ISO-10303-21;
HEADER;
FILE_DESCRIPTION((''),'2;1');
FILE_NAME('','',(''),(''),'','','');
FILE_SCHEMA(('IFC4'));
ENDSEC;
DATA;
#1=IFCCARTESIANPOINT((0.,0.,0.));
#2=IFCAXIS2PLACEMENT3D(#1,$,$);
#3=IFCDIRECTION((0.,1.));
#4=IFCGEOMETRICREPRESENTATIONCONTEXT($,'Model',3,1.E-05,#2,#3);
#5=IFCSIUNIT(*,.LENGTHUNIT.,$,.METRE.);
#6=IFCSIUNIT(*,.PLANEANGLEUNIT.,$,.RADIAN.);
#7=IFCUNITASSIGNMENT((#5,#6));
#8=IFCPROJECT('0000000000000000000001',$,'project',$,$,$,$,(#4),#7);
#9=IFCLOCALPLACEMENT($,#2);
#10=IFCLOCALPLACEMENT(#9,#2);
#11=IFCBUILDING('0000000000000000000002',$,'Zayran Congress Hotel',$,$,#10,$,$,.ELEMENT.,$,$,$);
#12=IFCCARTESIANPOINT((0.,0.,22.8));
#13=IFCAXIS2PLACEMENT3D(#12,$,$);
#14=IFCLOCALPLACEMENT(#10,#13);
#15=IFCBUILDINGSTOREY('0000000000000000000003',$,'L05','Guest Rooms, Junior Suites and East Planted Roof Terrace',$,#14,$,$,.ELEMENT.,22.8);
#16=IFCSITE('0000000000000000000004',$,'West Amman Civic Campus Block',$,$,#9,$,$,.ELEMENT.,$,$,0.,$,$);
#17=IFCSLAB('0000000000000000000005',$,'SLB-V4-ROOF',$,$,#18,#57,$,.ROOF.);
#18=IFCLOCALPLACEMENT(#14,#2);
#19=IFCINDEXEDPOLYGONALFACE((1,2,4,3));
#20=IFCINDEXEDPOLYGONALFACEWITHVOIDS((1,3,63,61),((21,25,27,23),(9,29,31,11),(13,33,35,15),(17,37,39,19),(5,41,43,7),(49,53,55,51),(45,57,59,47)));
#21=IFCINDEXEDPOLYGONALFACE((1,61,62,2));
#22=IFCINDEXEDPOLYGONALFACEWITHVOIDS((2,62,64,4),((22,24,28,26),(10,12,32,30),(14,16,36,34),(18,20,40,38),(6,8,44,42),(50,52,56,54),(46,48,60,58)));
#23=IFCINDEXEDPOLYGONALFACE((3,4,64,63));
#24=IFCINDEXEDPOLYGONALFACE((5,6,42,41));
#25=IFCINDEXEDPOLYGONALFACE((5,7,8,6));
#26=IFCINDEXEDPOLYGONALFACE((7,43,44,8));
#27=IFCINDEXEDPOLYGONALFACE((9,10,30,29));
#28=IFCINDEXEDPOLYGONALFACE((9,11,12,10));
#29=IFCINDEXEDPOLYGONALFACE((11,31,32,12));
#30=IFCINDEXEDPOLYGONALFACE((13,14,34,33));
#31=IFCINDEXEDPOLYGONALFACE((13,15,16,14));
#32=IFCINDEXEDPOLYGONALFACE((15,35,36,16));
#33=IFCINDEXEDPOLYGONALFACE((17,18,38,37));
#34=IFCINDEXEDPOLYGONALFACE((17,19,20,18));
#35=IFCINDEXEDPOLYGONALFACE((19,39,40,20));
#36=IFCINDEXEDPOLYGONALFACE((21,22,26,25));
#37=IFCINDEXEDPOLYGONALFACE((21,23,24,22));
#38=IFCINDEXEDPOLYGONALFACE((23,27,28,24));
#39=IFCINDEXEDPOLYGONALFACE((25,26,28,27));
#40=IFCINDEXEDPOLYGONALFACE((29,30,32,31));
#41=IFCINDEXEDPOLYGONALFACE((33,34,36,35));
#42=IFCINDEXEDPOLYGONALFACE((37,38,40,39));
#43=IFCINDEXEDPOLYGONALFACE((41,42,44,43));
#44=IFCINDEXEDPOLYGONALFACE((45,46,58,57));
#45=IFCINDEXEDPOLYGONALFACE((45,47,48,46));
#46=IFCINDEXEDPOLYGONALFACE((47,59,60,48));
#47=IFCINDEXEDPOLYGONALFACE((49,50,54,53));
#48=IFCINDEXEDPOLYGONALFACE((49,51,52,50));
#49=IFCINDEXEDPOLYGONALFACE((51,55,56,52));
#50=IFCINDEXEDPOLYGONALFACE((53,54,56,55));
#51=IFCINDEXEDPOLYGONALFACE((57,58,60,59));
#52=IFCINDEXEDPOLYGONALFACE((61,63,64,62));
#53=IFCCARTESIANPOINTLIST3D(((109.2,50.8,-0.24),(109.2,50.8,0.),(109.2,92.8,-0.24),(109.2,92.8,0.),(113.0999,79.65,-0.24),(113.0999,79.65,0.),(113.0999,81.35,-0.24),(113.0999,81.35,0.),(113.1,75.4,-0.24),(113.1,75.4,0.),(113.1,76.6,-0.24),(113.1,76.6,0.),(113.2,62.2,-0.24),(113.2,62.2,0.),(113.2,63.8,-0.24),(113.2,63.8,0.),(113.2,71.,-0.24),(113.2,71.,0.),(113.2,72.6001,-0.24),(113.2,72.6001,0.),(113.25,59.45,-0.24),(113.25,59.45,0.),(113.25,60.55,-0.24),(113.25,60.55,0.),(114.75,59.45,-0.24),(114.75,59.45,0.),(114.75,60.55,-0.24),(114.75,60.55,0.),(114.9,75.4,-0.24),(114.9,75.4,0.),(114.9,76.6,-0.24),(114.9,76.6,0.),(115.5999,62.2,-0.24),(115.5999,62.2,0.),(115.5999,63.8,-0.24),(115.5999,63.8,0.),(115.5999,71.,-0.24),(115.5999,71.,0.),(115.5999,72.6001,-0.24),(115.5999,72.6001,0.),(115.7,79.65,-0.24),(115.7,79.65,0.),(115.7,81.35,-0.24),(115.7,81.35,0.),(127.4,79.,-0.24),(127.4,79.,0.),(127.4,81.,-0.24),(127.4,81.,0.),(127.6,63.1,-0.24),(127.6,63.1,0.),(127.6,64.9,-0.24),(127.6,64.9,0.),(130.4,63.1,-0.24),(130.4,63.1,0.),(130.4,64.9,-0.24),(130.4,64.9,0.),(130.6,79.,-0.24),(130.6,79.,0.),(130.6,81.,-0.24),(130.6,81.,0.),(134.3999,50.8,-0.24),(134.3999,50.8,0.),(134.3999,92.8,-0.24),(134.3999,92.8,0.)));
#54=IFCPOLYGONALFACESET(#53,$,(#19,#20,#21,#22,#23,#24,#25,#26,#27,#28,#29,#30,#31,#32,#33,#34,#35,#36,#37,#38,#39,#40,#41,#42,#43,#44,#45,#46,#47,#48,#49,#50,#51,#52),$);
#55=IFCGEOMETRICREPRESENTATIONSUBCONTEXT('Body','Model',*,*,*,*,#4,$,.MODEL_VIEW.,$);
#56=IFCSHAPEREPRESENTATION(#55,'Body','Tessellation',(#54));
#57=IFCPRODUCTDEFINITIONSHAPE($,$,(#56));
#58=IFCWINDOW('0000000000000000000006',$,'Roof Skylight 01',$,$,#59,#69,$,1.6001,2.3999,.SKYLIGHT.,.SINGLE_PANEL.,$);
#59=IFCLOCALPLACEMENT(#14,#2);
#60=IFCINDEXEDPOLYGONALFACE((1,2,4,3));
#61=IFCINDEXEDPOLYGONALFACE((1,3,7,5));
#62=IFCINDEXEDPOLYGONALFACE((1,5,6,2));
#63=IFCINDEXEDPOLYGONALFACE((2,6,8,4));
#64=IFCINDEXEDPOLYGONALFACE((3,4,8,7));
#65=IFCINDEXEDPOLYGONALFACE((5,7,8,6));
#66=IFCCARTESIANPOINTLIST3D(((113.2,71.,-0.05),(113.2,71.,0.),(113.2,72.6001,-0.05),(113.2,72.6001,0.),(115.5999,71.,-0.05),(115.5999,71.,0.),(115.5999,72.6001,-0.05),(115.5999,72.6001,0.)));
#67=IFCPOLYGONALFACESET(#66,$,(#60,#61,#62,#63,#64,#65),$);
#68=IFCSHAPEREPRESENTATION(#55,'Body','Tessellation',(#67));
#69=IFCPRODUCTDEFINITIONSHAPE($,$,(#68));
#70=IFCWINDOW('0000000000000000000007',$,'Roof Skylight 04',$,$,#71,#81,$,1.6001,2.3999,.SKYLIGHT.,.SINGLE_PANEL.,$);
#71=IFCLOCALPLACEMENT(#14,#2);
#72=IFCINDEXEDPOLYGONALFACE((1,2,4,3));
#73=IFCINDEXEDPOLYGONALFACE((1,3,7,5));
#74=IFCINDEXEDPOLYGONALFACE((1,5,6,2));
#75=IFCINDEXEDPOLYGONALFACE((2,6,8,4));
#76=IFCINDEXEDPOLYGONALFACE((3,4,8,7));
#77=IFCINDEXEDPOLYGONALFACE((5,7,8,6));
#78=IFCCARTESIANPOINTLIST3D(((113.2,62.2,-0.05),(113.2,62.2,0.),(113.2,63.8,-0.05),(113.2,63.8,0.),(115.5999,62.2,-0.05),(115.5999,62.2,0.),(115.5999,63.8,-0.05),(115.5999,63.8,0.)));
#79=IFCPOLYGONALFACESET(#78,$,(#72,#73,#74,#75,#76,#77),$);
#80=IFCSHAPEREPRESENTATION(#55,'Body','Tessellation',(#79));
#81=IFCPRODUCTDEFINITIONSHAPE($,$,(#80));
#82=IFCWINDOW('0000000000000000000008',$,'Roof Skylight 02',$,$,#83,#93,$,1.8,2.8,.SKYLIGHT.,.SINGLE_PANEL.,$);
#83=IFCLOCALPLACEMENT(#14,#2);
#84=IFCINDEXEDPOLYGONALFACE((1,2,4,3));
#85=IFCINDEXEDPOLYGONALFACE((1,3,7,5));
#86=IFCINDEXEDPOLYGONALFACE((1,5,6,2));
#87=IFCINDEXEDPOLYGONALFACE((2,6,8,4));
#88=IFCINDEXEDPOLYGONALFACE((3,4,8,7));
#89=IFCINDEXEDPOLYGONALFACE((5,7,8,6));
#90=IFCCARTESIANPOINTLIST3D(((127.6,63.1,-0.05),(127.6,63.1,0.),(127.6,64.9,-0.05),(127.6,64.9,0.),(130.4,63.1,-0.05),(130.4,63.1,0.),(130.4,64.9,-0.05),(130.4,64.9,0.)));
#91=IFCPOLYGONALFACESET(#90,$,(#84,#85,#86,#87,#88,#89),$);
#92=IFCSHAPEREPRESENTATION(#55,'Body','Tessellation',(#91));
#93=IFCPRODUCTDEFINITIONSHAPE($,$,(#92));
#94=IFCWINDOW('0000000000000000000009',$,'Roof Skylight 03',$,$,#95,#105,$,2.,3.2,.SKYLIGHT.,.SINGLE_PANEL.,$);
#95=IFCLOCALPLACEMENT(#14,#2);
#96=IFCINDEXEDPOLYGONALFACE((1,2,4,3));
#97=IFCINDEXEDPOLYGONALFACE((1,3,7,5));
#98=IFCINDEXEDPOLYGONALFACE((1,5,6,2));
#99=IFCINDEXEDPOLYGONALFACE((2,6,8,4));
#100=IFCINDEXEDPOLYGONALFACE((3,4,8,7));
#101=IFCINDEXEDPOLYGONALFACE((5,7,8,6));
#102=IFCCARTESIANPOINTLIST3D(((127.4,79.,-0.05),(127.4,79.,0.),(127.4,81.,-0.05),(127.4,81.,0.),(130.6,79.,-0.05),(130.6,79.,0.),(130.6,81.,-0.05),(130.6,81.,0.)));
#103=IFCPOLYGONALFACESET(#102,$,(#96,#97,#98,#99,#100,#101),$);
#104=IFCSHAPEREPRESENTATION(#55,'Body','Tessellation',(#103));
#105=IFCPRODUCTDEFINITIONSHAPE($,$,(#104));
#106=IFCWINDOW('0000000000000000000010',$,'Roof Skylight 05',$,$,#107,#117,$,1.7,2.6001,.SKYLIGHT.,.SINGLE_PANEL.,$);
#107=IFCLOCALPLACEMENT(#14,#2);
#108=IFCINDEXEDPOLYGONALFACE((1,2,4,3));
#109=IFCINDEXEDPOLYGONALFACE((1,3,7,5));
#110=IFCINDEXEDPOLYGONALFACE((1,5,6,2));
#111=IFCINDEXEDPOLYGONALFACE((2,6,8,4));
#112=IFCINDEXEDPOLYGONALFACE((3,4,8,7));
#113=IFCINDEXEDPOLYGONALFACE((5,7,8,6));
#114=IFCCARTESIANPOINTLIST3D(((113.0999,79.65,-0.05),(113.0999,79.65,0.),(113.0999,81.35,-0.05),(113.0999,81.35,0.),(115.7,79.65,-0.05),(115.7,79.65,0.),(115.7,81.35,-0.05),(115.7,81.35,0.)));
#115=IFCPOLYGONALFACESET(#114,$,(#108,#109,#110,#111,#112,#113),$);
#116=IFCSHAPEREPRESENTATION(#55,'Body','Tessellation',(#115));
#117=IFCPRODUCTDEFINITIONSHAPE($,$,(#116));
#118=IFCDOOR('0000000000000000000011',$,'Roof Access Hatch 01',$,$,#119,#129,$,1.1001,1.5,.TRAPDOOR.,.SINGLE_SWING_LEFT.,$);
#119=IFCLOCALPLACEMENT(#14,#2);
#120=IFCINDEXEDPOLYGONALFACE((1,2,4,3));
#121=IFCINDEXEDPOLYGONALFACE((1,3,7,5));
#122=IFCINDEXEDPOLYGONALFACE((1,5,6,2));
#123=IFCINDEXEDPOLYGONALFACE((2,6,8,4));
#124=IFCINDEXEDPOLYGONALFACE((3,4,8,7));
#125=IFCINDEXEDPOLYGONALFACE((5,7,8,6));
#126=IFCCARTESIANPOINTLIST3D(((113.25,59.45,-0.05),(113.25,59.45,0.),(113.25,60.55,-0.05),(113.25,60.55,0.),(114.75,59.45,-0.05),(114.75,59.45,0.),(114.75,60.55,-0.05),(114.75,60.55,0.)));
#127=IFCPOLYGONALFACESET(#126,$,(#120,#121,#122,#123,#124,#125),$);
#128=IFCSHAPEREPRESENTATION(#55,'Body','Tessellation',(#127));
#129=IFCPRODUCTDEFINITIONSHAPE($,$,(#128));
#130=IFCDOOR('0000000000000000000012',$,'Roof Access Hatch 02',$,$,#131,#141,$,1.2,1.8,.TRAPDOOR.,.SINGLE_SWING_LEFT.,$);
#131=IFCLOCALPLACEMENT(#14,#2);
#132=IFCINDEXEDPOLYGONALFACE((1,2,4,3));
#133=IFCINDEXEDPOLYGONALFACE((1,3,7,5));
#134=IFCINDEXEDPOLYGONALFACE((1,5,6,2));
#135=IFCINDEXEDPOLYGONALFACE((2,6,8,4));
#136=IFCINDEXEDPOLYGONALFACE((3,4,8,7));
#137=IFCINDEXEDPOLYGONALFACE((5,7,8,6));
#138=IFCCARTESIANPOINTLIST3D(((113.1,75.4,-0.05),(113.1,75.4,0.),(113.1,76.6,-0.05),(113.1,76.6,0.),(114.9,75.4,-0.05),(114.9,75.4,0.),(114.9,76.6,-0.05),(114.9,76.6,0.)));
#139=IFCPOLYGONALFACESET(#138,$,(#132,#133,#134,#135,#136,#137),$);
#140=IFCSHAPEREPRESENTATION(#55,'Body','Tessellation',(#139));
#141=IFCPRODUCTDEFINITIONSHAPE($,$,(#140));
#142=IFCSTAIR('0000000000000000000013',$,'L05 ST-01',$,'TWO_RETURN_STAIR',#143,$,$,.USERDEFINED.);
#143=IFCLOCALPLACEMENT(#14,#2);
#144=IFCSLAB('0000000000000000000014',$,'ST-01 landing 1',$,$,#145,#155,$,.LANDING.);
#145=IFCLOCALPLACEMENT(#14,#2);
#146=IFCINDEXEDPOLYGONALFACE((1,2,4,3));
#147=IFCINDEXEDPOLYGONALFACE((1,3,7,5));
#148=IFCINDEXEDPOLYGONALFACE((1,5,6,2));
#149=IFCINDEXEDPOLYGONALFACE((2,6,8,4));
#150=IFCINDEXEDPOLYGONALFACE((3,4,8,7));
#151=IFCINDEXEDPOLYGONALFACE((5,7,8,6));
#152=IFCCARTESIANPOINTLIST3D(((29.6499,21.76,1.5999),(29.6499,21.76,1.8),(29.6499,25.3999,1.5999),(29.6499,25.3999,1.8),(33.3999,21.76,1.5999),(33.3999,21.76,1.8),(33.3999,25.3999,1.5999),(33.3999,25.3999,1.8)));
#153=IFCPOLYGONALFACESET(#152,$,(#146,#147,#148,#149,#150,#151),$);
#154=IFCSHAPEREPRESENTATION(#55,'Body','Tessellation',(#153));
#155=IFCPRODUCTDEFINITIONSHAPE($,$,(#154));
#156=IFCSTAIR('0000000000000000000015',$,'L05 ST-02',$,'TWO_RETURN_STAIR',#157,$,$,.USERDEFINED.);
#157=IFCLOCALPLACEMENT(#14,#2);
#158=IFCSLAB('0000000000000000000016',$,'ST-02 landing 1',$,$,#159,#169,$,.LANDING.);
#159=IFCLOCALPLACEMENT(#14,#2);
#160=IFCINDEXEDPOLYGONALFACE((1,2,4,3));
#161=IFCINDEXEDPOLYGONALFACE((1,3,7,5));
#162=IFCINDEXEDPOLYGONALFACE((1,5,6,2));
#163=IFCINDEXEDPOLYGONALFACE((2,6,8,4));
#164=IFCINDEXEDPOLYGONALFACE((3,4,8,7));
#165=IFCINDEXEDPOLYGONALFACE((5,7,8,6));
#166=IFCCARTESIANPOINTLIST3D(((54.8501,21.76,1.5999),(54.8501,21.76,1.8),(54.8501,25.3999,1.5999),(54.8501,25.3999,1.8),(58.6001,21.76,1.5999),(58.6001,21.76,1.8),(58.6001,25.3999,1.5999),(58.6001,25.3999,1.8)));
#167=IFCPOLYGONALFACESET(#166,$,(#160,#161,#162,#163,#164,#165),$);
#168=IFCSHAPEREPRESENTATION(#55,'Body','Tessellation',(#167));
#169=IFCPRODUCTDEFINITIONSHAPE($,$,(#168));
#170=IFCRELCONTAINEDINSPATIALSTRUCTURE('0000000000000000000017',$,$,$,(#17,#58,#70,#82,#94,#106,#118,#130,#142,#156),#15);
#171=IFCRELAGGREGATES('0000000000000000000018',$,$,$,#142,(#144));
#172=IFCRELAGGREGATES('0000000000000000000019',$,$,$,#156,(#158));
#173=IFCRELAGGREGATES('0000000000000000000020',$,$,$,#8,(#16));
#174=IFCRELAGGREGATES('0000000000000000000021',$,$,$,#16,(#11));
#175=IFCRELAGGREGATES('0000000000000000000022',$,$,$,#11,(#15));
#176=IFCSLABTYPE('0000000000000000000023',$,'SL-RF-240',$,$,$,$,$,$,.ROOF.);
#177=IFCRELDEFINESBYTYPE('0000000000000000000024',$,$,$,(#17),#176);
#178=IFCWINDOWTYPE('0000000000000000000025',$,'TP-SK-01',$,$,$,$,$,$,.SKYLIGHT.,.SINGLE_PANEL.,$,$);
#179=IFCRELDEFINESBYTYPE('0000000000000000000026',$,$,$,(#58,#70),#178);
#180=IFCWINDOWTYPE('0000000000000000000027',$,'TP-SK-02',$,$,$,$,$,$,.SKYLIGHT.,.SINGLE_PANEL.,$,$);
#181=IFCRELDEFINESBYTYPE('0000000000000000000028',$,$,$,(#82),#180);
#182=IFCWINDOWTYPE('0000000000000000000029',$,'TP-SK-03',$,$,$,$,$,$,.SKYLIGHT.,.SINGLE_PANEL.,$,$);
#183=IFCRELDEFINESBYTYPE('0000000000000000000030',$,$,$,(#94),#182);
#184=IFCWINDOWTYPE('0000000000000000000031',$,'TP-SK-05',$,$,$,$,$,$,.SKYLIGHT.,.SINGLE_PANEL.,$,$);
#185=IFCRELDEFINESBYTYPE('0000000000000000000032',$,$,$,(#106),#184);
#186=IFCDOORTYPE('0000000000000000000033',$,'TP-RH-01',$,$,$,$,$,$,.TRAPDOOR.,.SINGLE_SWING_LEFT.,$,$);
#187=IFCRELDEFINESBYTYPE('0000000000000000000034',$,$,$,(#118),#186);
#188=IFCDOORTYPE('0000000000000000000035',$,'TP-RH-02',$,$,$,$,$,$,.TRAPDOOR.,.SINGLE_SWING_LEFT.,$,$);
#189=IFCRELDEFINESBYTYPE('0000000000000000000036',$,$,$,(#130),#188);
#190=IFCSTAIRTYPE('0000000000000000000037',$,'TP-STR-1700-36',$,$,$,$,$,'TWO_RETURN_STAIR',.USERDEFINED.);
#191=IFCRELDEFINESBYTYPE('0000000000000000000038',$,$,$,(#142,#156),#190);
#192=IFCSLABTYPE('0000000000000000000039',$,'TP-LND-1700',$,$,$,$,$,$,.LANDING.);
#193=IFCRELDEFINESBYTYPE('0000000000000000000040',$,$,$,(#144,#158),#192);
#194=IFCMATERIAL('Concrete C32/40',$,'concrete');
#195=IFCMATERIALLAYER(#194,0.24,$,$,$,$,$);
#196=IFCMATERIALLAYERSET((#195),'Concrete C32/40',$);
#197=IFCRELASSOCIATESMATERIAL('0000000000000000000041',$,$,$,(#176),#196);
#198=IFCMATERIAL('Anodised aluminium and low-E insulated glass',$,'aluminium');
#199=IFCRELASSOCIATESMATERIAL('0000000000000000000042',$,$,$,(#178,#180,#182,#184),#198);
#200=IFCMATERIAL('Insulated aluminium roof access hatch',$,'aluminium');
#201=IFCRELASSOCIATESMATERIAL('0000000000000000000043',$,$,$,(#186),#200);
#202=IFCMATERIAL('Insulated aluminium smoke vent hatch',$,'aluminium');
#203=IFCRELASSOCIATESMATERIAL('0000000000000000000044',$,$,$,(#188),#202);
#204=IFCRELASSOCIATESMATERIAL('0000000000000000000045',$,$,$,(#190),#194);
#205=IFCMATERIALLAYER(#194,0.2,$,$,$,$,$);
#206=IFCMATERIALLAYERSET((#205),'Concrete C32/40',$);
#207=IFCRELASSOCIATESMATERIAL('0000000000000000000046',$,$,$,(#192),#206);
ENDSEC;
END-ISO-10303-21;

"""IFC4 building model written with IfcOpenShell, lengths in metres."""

from ifc_helpers import new_model, si_unit, direction, frame, origin, origin_2d, place, context, subcontext, project, spatial, polyline, rectangle, outline, extrude, material, layer, layer_set, type_object, element, fill, aggregate, save


model = new_model("IFC4")

# Units and contexts
model_context = context("Model", 3, precision=1e-05, world=origin(), true_north=direction((0.0, 1.0)))
body_context = subcontext(model_context, "Body", "Model", "MODEL_VIEW")
ifc_project = project(units=[si_unit("LENGTHUNIT", "METRE"), si_unit("PLANEANGLEUNIT", "RADIAN")], contexts=[model_context])

# Site, building, storey
site_placement = place(None, origin())
site = spatial("IfcSite", under=ifc_project, at=site_placement, Name="West Amman Civic Campus Block", CompositionType="ELEMENT", RefElevation=0.0)
building_placement = place(site_placement, origin())
building = spatial("IfcBuilding", under=site, at=building_placement, Name="Zayran Congress Hotel", CompositionType="ELEMENT")
storey_placement = place(building_placement, frame((0.0, 0.0, 22.8)))
storey = spatial("IfcBuildingStorey", under=building, at=storey_placement, Name="L05", Description="Guest Rooms, Junior Suites and East Planted Roof Terrace", CompositionType="ELEMENT", Elevation=22.8)

# Shared definitions
ifc_material_1 = material(Name="Concrete C32/40", Category="concrete")

# Slab, openings, windows, doors
ifc_layer_1 = layer(ifc_material_1, 0.24)
ifc_layer_set_1 = layer_set([ifc_layer_1], Name="Concrete C32/40")
slab_type_1 = type_object("IfcSlabType", Name="SL-RF-240", PredefinedType="ROOF", material=ifc_layer_set_1)
slab_1_placement = place(storey_placement, frame((0.0, 0.0, -0.24)))
slab_1 = element("IfcSlab", 1, at=slab_1_placement, inside=storey, type_object=slab_type_1, Name="SLB-V4-ROOF", PredefinedType="ROOF", context=body_context, shape_type="SweptSolid", body=[
    extrude(outline(polyline([(109.2, 50.8), (134.3999, 50.8), (134.3999, 92.8), (109.2, 92.8), (109.2, 50.8)])), origin(), (0.0, 0.0, 1.0), 0.24),
])
opening_1_placement = place(slab_1_placement, frame((114.0, 60.0, -0.01), z_axis=(0.0, 0.0, 1.0), x_axis=(1.0, 0.0, 0.0)))
opening_1 = element("IfcOpeningElement", 2, at=opening_1_placement, cuts=slab_1, PredefinedType="OPENING", context=body_context, shape_type="SweptSolid", body=[
    extrude(rectangle(XDim=1.5, YDim=1.1001, at=origin_2d()), origin(), (0.0, 0.0, 1.0), 0.26),
])
opening_2_placement = place(slab_1_placement, frame((114.0, 76.0, -0.01), z_axis=(0.0, 0.0, 1.0), x_axis=(1.0, 0.0, 0.0)))
opening_2 = element("IfcOpeningElement", 3, at=opening_2_placement, cuts=slab_1, PredefinedType="OPENING", context=body_context, shape_type="SweptSolid", body=[
    extrude(rectangle(XDim=1.8, YDim=1.2, at=origin_2d()), origin(), (0.0, 0.0, 1.0), 0.26),
])
opening_3_placement = place(slab_1_placement, frame((114.3999, 71.8, -0.01), z_axis=(0.0, 0.0, 1.0), x_axis=(1.0, 0.0, 0.0)))
opening_3 = element("IfcOpeningElement", 4, at=opening_3_placement, cuts=slab_1, PredefinedType="OPENING", context=body_context, shape_type="SweptSolid", body=[
    extrude(rectangle(XDim=2.3999, YDim=1.6001, at=origin_2d()), origin(), (0.0, 0.0, 1.0), 0.26),
])
opening_4_placement = place(slab_1_placement, frame((129.0, 64.0, -0.01), z_axis=(0.0, 0.0, 1.0), x_axis=(1.0, 0.0, 0.0)))
opening_4 = element("IfcOpeningElement", 5, at=opening_4_placement, cuts=slab_1, PredefinedType="OPENING", context=body_context, shape_type="SweptSolid", body=[
    extrude(rectangle(XDim=2.8, YDim=1.8, at=origin_2d()), origin(), (0.0, 0.0, 1.0), 0.26),
])
opening_5_placement = place(slab_1_placement, frame((129.0, 80.0, -0.01), z_axis=(0.0, 0.0, 1.0), x_axis=(1.0, 0.0, 0.0)))
opening_5 = element("IfcOpeningElement", 6, at=opening_5_placement, cuts=slab_1, PredefinedType="OPENING", context=body_context, shape_type="SweptSolid", body=[
    extrude(rectangle(XDim=3.2, YDim=2.0, at=origin_2d()), origin(), (0.0, 0.0, 1.0), 0.26),
])
opening_6_placement = place(slab_1_placement, frame((114.3999, 63.0, -0.01), z_axis=(0.0, 0.0, 1.0), x_axis=(1.0, 0.0, 0.0)))
opening_6 = element("IfcOpeningElement", 7, at=opening_6_placement, cuts=slab_1, PredefinedType="OPENING", context=body_context, shape_type="SweptSolid", body=[
    extrude(rectangle(XDim=2.3999, YDim=1.6001, at=origin_2d()), origin(), (0.0, 0.0, 1.0), 0.26),
])
opening_7_placement = place(slab_1_placement, frame((114.3999, 80.5, -0.01), z_axis=(0.0, 0.0, 1.0), x_axis=(1.0, 0.0, 0.0)))
opening_7 = element("IfcOpeningElement", 8, at=opening_7_placement, cuts=slab_1, PredefinedType="OPENING", context=body_context, shape_type="SweptSolid", body=[
    extrude(rectangle(XDim=2.6001, YDim=1.7, at=origin_2d()), origin(), (0.0, 0.0, 1.0), 0.26),
])
ifc_material_2 = material(Name="Anodised aluminium and low-E insulated glass", Category="aluminium")
window_type_1 = type_object("IfcWindowType", Name="TP-SK-01", PartitioningType="SINGLE_PANEL", PredefinedType="SKYLIGHT", material=ifc_material_2)
window_1_placement = place(opening_3_placement, frame((0.0, 0.0, 0.2)))
window_1 = element("IfcWindow", 9, at=window_1_placement, inside=storey, type_object=window_type_1, Name="Roof Skylight 01", OverallHeight=1.6001, OverallWidth=2.3999, PartitioningType="SINGLE_PANEL", PredefinedType="SKYLIGHT", context=body_context, shape_type="SweptSolid", body=[
    extrude(rectangle(XDim=2.3999, YDim=1.6001, at=origin_2d()), origin(), (0.0, 0.0, 1.0), 0.05),
])
fill(opening_3, window_1)
window_2_placement = place(opening_6_placement, frame((0.0, 0.0, 0.2)))
window_2 = element("IfcWindow", 10, at=window_2_placement, inside=storey, type_object=window_type_1, Name="Roof Skylight 04", OverallHeight=1.6001, OverallWidth=2.3999, PartitioningType="SINGLE_PANEL", PredefinedType="SKYLIGHT", context=body_context, shape_type="SweptSolid", body=[
    extrude(rectangle(XDim=2.3999, YDim=1.6001, at=origin_2d()), origin(), (0.0, 0.0, 1.0), 0.05),
])
fill(opening_6, window_2)
window_type_2 = type_object("IfcWindowType", Name="TP-SK-02", PartitioningType="SINGLE_PANEL", PredefinedType="SKYLIGHT", material=ifc_material_2)
window_3_placement = place(opening_4_placement, frame((0.0, 0.0, 0.2)))
window_3 = element("IfcWindow", 11, at=window_3_placement, inside=storey, type_object=window_type_2, Name="Roof Skylight 02", OverallHeight=1.8, OverallWidth=2.8, PartitioningType="SINGLE_PANEL", PredefinedType="SKYLIGHT", context=body_context, shape_type="SweptSolid", body=[
    extrude(rectangle(XDim=2.8, YDim=1.8, at=origin_2d()), origin(), (0.0, 0.0, 1.0), 0.05),
])
fill(opening_4, window_3)
window_type_3 = type_object("IfcWindowType", Name="TP-SK-03", PartitioningType="SINGLE_PANEL", PredefinedType="SKYLIGHT", material=ifc_material_2)
window_4_placement = place(opening_5_placement, frame((0.0, 0.0, 0.2)))
window_4 = element("IfcWindow", 12, at=window_4_placement, inside=storey, type_object=window_type_3, Name="Roof Skylight 03", OverallHeight=2.0, OverallWidth=3.2, PartitioningType="SINGLE_PANEL", PredefinedType="SKYLIGHT", context=body_context, shape_type="SweptSolid", body=[
    extrude(rectangle(XDim=3.2, YDim=2.0, at=origin_2d()), origin(), (0.0, 0.0, 1.0), 0.05),
])
fill(opening_5, window_4)
window_type_4 = type_object("IfcWindowType", Name="TP-SK-05", PartitioningType="SINGLE_PANEL", PredefinedType="SKYLIGHT", material=ifc_material_2)
window_5_placement = place(opening_7_placement, frame((0.0, 0.0, 0.2)))
window_5 = element("IfcWindow", 13, at=window_5_placement, inside=storey, type_object=window_type_4, Name="Roof Skylight 05", OverallHeight=1.7, OverallWidth=2.6001, PartitioningType="SINGLE_PANEL", PredefinedType="SKYLIGHT", context=body_context, shape_type="SweptSolid", body=[
    extrude(rectangle(XDim=2.6001, YDim=1.7, at=origin_2d()), origin(), (0.0, 0.0, 1.0), 0.05),
])
fill(opening_7, window_5)
ifc_material_3 = material(Name="Insulated aluminium roof access hatch", Category="aluminium")
door_type_1 = type_object("IfcDoorType", Name="TP-RH-01", OperationType="SINGLE_SWING_LEFT", PredefinedType="TRAPDOOR", material=ifc_material_3)
door_1_placement = place(opening_1_placement, frame((0.0, 0.0, 0.2)))
door_1 = element("IfcDoor", 14, at=door_1_placement, inside=storey, type_object=door_type_1, Name="Roof Access Hatch 01", OperationType="SINGLE_SWING_LEFT", OverallHeight=1.1001, OverallWidth=1.5, PredefinedType="TRAPDOOR", context=body_context, shape_type="SweptSolid", body=[
    extrude(rectangle(XDim=1.5, YDim=1.1001, at=origin_2d()), origin(), (0.0, 0.0, 1.0), 0.05),
])
fill(opening_1, door_1)
ifc_material_4 = material(Name="Insulated aluminium smoke vent hatch", Category="aluminium")
door_type_2 = type_object("IfcDoorType", Name="TP-RH-02", OperationType="SINGLE_SWING_LEFT", PredefinedType="TRAPDOOR", material=ifc_material_4)
door_2_placement = place(opening_2_placement, frame((0.0, 0.0, 0.2)))
door_2 = element("IfcDoor", 15, at=door_2_placement, inside=storey, type_object=door_type_2, Name="Roof Access Hatch 02", OperationType="SINGLE_SWING_LEFT", OverallHeight=1.2, OverallWidth=1.8, PredefinedType="TRAPDOOR", context=body_context, shape_type="SweptSolid", body=[
    extrude(rectangle(XDim=1.8, YDim=1.2, at=origin_2d()), origin(), (0.0, 0.0, 1.0), 0.05),
])
fill(opening_2, door_2)

# Stairs, slabs
stair_type = type_object("IfcStairType", Name="TP-STR-1700-36", ElementType="TWO_RETURN_STAIR", PredefinedType="USERDEFINED", material=ifc_material_1)
stair_1_placement = place(storey_placement, origin())
stair_1 = element("IfcStair", 16, at=stair_1_placement, inside=storey, type_object=stair_type, Name="L05 ST-01", ObjectType="TWO_RETURN_STAIR", PredefinedType="USERDEFINED")
ifc_layer_2 = layer(ifc_material_1, 0.2)
ifc_layer_set_2 = layer_set([ifc_layer_2], Name="Concrete C32/40")
slab_type_2 = type_object("IfcSlabType", Name="TP-LND-1700", PredefinedType="LANDING", material=ifc_layer_set_2)
slab_2_placement = place(storey_placement, frame((0.0, 0.0, 1.5999)))
slab_2 = element("IfcSlab", 17, at=slab_2_placement, type_object=slab_type_2, Name="ST-01 landing 1", PredefinedType="LANDING", context=body_context, shape_type="SweptSolid", body=[
    extrude(outline(polyline([(29.6499, 21.76), (33.3999, 21.76), (33.3999, 25.3999), (29.6499, 25.3999), (29.6499, 21.76)])), origin(), (0.0, 0.0, 1.0), 0.2002),
])
aggregate(stair_1, [slab_2])
stair_2_placement = place(storey_placement, origin())
stair_2 = element("IfcStair", 18, at=stair_2_placement, inside=storey, type_object=stair_type, Name="L05 ST-02", ObjectType="TWO_RETURN_STAIR", PredefinedType="USERDEFINED")
slab_3_placement = place(storey_placement, frame((0.0, 0.0, 1.5999)))
slab_3 = element("IfcSlab", 19, at=slab_3_placement, type_object=slab_type_2, Name="ST-02 landing 1", PredefinedType="LANDING", context=body_context, shape_type="SweptSolid", body=[
    extrude(outline(polyline([(54.8501, 21.76), (58.6001, 21.76), (58.6001, 25.3999), (54.8501, 25.3999), (54.8501, 21.76)])), origin(), (0.0, 0.0, 1.0), 0.2002),
])
aggregate(stair_2, [slab_3])

save(model, "model.ifc")
